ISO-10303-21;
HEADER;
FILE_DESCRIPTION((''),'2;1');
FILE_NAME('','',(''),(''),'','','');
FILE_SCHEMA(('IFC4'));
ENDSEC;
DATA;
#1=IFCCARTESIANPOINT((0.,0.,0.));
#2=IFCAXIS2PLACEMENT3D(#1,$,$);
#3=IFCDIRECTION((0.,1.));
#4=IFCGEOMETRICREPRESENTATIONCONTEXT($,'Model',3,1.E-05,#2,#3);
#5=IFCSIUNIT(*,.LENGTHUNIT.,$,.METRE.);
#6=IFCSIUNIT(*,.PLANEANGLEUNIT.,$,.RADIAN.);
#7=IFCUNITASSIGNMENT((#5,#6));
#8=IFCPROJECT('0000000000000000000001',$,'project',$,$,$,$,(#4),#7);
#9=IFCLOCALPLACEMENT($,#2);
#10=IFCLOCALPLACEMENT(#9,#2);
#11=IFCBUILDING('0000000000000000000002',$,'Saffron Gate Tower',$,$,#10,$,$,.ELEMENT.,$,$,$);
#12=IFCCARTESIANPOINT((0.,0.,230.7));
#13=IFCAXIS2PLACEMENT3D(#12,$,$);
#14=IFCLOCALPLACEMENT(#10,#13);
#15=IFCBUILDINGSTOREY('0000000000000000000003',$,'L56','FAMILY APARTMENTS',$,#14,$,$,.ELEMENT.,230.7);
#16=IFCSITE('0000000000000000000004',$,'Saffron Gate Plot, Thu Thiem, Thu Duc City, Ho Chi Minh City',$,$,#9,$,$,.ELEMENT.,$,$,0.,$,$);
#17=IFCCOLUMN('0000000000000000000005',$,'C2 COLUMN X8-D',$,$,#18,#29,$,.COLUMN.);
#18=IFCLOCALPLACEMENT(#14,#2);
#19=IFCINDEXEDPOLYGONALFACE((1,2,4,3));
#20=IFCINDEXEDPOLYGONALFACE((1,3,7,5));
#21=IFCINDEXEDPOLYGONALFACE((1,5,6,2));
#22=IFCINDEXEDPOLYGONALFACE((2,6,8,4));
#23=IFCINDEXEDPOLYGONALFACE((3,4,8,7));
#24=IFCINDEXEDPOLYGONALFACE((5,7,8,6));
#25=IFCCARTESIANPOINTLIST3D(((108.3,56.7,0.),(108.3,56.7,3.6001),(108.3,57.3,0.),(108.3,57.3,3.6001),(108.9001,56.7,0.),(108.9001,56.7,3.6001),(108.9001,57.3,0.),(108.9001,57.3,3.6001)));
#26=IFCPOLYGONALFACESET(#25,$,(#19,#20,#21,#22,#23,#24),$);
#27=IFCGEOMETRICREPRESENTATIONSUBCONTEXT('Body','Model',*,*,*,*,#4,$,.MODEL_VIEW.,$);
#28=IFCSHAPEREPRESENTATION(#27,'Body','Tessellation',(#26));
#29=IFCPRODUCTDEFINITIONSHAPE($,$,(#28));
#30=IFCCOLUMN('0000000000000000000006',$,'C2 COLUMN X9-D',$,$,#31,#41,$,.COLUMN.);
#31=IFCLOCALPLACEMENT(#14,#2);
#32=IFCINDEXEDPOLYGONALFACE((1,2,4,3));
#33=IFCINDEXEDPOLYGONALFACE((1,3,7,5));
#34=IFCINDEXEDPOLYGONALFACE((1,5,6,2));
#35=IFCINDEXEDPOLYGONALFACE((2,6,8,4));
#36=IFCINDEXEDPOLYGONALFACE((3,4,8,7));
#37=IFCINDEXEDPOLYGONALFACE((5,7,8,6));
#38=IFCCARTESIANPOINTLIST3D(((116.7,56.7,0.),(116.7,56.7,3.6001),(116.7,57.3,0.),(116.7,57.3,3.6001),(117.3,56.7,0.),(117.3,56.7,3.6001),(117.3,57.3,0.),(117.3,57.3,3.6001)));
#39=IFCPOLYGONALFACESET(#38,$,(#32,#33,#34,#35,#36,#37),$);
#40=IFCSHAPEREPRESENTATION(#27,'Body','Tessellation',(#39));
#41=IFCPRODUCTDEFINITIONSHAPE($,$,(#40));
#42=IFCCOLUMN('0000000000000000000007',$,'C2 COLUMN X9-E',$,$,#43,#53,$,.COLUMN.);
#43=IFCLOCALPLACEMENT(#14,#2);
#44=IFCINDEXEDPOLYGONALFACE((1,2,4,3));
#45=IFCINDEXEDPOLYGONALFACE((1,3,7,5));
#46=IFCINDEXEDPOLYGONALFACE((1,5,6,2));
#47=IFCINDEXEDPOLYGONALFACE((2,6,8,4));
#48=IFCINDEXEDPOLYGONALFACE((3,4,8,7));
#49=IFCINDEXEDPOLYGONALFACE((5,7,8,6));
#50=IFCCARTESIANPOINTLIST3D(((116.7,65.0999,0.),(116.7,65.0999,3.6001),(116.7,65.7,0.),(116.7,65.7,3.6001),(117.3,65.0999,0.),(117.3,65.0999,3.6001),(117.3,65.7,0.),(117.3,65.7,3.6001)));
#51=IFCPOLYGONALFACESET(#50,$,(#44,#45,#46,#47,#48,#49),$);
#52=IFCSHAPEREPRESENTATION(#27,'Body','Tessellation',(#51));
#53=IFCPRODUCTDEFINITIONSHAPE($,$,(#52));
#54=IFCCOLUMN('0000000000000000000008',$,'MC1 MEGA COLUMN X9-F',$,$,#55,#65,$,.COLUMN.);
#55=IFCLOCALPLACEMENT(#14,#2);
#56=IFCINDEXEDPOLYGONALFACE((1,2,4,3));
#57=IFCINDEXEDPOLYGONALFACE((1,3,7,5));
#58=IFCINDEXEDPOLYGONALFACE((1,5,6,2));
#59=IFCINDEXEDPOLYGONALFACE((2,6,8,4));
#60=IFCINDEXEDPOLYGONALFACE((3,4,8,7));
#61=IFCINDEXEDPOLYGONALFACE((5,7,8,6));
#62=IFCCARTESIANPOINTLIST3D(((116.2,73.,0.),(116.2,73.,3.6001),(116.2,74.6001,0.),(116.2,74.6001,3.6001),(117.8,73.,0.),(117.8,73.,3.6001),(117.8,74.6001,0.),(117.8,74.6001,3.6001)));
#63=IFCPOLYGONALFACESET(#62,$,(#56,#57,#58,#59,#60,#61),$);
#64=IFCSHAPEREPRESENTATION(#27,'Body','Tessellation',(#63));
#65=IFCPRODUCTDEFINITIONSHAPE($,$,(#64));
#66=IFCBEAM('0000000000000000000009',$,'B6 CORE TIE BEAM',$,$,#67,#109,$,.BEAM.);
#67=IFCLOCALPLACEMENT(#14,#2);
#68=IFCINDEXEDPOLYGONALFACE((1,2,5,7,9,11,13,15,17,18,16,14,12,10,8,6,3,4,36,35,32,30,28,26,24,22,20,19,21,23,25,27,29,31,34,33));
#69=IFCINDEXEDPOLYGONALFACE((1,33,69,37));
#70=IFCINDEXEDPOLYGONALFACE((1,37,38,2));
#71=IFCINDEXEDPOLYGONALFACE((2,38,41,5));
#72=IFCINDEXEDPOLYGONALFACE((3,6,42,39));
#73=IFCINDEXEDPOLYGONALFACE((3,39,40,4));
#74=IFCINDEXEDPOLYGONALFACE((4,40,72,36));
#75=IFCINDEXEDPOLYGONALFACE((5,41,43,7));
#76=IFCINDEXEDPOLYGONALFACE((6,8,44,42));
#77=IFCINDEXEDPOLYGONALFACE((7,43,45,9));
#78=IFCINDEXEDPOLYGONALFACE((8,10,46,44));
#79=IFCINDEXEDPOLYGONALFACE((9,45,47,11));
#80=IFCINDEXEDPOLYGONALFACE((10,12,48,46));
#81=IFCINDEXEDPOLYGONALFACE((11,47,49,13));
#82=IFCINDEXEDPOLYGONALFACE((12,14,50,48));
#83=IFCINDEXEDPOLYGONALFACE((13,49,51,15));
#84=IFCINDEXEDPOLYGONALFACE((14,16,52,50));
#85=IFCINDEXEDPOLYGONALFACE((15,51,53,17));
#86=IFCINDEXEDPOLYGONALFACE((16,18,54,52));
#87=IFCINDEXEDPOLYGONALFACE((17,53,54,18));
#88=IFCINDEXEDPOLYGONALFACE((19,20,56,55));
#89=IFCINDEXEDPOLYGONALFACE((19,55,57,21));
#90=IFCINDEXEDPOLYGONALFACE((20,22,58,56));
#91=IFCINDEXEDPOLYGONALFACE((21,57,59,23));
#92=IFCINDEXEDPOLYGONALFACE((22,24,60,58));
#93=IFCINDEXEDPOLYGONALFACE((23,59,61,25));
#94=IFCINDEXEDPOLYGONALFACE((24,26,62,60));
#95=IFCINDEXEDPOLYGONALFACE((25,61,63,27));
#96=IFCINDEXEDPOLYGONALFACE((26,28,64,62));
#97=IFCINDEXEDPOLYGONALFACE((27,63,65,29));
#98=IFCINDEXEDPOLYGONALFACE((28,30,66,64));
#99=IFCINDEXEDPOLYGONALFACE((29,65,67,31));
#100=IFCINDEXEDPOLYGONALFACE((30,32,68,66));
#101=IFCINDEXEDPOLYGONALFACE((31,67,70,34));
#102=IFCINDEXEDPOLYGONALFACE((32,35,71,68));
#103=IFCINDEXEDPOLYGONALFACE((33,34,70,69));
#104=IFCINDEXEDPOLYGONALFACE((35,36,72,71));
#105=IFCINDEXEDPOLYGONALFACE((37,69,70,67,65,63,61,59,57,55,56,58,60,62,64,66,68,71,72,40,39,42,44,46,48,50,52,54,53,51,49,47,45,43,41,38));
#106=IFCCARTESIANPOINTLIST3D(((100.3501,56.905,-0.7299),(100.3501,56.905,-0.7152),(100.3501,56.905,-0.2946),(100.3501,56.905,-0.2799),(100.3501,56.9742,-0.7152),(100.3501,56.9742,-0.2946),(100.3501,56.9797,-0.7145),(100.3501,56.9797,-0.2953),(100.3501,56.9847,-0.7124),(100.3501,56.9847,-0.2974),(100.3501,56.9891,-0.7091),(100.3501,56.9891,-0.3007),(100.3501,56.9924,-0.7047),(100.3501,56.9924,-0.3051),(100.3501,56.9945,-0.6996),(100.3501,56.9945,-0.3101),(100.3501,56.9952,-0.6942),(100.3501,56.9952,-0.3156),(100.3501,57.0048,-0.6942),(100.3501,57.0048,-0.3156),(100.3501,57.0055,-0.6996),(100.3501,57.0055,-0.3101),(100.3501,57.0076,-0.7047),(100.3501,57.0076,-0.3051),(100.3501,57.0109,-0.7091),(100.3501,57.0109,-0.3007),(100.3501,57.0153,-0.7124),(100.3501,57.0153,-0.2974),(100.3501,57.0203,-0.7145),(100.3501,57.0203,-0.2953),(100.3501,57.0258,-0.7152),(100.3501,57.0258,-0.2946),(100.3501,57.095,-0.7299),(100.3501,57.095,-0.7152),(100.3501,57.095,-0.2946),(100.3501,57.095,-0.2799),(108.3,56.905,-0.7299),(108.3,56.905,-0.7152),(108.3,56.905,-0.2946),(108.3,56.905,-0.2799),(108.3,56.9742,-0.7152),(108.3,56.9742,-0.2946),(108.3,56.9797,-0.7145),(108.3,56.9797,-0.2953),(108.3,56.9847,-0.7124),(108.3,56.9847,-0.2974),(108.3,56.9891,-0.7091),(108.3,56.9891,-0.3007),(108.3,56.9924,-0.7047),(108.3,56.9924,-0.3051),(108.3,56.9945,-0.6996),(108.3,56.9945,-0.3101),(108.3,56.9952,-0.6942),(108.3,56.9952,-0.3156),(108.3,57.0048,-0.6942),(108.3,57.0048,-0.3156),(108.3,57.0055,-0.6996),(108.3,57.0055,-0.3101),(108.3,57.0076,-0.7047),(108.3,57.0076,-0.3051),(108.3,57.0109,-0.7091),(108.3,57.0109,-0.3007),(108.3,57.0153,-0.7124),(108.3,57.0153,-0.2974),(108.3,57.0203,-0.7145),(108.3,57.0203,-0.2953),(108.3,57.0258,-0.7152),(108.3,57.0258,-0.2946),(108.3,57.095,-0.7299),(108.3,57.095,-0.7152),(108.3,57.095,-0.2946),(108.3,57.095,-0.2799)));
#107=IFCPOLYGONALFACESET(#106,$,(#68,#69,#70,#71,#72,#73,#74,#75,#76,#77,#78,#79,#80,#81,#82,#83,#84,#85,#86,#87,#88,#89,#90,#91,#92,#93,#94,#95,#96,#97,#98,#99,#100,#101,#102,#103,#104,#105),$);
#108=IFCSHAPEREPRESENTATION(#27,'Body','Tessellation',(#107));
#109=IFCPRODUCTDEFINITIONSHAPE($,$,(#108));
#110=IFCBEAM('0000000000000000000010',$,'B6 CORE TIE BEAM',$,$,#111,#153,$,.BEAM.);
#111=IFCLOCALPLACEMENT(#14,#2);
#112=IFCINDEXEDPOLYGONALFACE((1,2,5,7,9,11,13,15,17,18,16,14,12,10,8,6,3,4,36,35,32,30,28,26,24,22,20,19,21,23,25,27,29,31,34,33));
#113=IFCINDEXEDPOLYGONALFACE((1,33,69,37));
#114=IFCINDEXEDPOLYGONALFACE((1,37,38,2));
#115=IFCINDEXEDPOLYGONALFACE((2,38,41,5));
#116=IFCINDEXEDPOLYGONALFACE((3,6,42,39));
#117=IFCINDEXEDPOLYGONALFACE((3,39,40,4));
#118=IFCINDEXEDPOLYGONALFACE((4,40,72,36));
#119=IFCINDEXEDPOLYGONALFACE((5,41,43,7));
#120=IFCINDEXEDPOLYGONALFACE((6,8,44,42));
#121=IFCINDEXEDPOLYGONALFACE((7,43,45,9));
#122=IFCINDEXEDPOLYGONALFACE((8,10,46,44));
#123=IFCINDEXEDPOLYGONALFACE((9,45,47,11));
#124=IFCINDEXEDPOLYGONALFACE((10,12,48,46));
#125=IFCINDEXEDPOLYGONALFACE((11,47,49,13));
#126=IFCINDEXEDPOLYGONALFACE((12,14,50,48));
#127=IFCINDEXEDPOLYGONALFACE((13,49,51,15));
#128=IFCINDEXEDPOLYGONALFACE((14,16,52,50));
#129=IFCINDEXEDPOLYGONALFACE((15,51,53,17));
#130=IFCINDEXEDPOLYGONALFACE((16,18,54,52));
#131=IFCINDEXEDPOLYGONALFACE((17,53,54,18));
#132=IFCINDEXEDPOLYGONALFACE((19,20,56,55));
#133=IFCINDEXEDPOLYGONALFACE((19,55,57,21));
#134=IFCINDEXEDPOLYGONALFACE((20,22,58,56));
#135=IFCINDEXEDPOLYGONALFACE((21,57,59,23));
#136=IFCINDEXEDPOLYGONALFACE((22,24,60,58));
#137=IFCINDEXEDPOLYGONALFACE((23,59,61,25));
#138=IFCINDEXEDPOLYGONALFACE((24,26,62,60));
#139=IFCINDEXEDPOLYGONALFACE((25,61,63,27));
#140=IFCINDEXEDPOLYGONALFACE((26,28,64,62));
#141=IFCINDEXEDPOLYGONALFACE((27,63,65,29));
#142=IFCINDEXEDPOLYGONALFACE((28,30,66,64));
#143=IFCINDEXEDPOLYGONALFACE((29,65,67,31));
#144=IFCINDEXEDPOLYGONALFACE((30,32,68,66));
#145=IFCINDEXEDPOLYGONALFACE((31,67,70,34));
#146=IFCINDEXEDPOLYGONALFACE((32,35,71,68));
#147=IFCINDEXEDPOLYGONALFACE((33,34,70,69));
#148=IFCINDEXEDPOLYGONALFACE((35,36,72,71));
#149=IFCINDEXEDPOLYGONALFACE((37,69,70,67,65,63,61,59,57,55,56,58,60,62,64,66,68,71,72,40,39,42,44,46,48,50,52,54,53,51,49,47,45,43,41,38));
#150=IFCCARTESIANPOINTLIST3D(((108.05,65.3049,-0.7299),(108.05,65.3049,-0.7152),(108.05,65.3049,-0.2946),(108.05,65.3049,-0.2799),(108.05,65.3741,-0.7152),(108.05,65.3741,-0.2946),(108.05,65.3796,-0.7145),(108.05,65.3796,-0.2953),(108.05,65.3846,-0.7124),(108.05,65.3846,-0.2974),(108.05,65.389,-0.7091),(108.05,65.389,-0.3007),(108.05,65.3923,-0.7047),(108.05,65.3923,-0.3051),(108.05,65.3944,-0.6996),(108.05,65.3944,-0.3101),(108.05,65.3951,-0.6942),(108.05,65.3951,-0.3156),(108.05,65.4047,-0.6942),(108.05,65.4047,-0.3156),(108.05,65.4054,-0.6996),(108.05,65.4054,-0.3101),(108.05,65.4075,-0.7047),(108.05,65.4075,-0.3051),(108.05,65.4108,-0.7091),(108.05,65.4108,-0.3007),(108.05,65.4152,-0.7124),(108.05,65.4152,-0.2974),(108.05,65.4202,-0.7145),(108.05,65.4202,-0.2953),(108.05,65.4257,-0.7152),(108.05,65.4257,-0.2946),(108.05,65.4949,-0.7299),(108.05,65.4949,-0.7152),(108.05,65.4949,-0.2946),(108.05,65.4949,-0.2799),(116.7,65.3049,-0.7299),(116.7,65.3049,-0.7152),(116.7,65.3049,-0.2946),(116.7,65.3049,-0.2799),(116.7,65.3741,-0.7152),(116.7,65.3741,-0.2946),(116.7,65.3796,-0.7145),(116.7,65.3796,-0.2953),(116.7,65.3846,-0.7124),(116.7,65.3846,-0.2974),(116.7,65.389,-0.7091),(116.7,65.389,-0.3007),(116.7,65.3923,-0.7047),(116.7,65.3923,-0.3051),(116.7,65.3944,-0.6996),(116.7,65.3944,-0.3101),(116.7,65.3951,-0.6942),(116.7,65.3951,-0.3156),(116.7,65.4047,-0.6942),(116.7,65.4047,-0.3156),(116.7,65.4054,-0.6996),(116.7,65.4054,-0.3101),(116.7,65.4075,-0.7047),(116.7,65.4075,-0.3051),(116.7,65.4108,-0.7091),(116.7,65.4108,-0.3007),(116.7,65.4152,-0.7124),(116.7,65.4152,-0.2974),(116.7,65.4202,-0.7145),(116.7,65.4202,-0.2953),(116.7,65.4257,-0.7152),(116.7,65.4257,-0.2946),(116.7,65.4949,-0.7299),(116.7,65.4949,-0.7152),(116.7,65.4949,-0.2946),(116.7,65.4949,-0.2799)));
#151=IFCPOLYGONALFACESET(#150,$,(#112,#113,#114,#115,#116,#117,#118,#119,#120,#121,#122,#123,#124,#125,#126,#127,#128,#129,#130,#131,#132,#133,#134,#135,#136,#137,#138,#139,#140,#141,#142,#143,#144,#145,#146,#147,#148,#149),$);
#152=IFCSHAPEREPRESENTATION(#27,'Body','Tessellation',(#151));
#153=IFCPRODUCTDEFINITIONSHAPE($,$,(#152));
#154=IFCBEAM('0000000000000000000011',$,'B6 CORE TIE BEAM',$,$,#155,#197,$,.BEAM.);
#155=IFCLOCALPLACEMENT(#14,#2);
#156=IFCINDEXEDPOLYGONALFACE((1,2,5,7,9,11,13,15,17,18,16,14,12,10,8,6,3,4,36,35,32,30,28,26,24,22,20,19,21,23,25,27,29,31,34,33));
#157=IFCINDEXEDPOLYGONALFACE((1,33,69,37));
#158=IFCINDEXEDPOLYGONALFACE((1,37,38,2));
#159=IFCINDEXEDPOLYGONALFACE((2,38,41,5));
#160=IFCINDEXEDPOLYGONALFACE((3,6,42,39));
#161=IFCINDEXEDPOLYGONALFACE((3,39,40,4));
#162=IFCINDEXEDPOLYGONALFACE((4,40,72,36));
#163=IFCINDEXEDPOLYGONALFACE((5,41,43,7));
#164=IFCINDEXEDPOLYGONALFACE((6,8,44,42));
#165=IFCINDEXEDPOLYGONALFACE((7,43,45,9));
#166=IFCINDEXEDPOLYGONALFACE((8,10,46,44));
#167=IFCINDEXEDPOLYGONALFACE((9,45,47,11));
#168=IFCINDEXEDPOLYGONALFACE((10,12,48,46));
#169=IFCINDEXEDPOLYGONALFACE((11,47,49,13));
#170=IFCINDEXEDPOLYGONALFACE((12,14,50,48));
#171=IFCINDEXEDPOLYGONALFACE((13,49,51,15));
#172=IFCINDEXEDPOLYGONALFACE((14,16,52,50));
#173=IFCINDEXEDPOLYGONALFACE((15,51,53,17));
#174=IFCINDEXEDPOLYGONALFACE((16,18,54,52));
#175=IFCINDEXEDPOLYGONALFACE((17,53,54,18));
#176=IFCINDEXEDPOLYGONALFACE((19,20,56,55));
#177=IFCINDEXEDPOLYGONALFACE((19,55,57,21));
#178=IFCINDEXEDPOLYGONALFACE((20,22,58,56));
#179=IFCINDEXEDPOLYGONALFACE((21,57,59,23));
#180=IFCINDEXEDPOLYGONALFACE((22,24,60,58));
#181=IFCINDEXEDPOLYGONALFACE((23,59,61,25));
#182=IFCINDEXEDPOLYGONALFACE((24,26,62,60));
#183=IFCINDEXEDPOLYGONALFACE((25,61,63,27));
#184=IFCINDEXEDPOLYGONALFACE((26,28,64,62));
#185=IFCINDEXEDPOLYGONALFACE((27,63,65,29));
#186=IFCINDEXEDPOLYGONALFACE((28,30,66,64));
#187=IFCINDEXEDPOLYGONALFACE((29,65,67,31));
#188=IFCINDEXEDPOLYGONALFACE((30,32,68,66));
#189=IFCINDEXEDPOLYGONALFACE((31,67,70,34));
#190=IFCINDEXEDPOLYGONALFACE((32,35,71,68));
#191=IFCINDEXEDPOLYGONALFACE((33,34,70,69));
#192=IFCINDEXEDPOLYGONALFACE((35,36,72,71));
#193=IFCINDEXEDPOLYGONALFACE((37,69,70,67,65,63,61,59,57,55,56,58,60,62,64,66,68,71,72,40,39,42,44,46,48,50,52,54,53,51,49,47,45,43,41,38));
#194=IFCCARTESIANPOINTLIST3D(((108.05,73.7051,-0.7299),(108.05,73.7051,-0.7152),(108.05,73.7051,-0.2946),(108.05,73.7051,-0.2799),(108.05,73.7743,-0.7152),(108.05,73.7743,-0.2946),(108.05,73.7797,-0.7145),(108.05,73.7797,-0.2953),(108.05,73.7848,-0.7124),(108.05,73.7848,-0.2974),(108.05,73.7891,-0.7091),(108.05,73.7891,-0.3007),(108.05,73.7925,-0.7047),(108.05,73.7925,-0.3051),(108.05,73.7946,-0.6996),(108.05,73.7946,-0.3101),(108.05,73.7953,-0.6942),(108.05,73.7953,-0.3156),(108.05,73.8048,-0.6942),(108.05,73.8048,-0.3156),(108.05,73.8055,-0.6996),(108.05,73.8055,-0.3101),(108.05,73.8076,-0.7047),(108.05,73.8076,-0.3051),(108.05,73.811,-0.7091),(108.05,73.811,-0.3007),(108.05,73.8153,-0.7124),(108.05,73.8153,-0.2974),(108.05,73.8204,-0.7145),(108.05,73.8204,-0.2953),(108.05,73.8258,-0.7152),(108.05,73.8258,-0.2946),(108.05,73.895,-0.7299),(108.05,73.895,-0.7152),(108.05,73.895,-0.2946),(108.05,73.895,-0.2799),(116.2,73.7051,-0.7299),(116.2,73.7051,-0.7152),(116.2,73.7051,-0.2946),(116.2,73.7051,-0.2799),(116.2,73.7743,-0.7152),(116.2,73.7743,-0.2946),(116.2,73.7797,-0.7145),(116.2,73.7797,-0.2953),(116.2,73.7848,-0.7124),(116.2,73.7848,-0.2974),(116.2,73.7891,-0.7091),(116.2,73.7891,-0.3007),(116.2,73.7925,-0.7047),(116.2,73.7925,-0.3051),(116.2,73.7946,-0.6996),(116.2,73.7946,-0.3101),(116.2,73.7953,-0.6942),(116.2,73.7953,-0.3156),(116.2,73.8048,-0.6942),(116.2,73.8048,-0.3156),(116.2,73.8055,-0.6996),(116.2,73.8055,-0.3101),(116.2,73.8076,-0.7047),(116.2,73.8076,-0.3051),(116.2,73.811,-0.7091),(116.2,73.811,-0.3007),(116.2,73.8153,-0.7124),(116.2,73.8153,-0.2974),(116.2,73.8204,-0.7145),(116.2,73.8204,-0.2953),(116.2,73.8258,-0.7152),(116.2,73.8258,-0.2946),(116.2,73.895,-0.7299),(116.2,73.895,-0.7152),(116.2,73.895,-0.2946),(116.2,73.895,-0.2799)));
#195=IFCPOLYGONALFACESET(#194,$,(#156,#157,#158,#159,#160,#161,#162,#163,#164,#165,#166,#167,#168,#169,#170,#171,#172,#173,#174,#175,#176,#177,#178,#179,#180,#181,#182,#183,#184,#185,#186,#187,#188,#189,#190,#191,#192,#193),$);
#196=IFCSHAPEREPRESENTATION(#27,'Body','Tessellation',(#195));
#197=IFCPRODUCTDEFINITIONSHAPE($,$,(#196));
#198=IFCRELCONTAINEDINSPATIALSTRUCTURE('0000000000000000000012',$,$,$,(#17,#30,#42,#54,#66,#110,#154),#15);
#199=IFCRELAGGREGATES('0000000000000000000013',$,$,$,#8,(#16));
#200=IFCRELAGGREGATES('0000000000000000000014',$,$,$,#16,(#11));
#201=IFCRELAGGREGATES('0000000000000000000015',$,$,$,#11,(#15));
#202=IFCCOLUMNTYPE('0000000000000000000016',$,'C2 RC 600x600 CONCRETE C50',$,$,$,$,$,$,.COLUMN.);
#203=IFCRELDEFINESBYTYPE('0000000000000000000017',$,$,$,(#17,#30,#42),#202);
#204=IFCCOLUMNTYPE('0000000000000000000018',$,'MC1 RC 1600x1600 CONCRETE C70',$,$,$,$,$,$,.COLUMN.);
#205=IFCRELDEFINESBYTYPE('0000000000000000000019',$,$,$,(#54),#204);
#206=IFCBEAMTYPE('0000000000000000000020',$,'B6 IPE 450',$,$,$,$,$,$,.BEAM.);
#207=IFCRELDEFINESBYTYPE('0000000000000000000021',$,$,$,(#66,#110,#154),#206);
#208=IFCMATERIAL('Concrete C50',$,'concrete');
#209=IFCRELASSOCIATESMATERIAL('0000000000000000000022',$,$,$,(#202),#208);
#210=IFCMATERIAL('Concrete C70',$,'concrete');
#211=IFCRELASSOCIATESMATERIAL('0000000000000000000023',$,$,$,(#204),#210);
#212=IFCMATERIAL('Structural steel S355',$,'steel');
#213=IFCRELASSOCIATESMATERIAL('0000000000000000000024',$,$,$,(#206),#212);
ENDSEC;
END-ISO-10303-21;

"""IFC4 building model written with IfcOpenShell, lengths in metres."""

from ifc_helpers import new_model, si_unit, direction, frame, origin, origin_2d, place, context, subcontext, project, spatial, rectangle, i_section, extrude, material, material_profile, profile_set, type_object, element, save


model = new_model("IFC4")

# Units and contexts
model_context = context("Model", 3, precision=1e-05, world=origin(), true_north=direction((0.0, 1.0)))
body_context = subcontext(model_context, "Body", "Model", "MODEL_VIEW")
ifc_project = project(units=[si_unit("LENGTHUNIT", "METRE"), si_unit("PLANEANGLEUNIT", "RADIAN")], contexts=[model_context])

# Site, building, storey
site_placement = place(None, origin())
site = spatial("IfcSite", under=ifc_project, at=site_placement, Name="Saffron Gate Plot, Thu Thiem, Thu Duc City, Ho Chi Minh City", CompositionType="ELEMENT", RefElevation=0.0)
building_placement = place(site_placement, origin())
building = spatial("IfcBuilding", under=site, at=building_placement, Name="Saffron Gate Tower", CompositionType="ELEMENT")
storey_placement = place(building_placement, frame((0.0, 0.0, 230.7)))
storey = spatial("IfcBuildingStorey", under=building, at=storey_placement, Name="L56", Description="FAMILY APARTMENTS", CompositionType="ELEMENT", Elevation=230.7)

# Columns
ifc_material_1 = material(Name="Concrete C50", Category="concrete")
ifc_material_profile_1 = material_profile(ifc_material_1, rectangle(XDim=0.6001, YDim=0.6001, at=origin_2d()))
ifc_profile_set_1 = profile_set([ifc_material_profile_1], Name="Concrete C50")
column_type_1 = type_object("IfcColumnType", Name="C2 RC 600x600 CONCRETE C50", PredefinedType="COLUMN", material=ifc_profile_set_1)
for number, where, z_axis, x_axis, name in (
    (1, (108.6001, 57.0, 0.0), (0.0, 0.0, 1.0), (1.0, 0.0, 0.0), "C2 COLUMN X8-D"),
    (2, (117.0, 57.0, 0.0), (0.0, 0.0, 1.0), (1.0, 0.0, 0.0), "C2 COLUMN X9-D"),
    (3, (117.0, 65.3999, 0.0), (0.0, 0.0, 1.0), (1.0, 0.0, 0.0), "C2 COLUMN X9-E"),
):
    element("IfcColumn", number, at=place(storey_placement, frame(where, z_axis=z_axis, x_axis=x_axis)), inside=storey, type_object=column_type_1, Name=name, PredefinedType="COLUMN", context=body_context, shape_type="SweptSolid", body=[
        extrude(rectangle(XDim=0.6001, YDim=0.6001, at=origin_2d()), origin(), (0.0, 0.0, 1.0), 3.6001),
    ])
ifc_material_2 = material(Name="Concrete C70", Category="concrete")
ifc_material_profile_2 = material_profile(ifc_material_2, rectangle(XDim=1.6001, YDim=1.6001, at=origin_2d()))
ifc_profile_set_2 = profile_set([ifc_material_profile_2], Name="Concrete C70")
column_type_2 = type_object("IfcColumnType", Name="MC1 RC 1600x1600 CONCRETE C70", PredefinedType="COLUMN", material=ifc_profile_set_2)
column_placement = place(storey_placement, frame((117.0, 73.8, 0.0), z_axis=(0.0, 0.0, 1.0), x_axis=(1.0, 0.0, 0.0)))
element("IfcColumn", 4, at=column_placement, inside=storey, type_object=column_type_2, Name="MC1 MEGA COLUMN X9-F", PredefinedType="COLUMN", context=body_context, shape_type="SweptSolid", body=[
    extrude(rectangle(XDim=1.6001, YDim=1.6001, at=origin_2d()), origin(), (0.0, 0.0, 1.0), 3.6001),
])

# Beams
ifc_material_3 = material(Name="Structural steel S355", Category="steel")
ifc_material_profile_3 = material_profile(ifc_material_3, i_section(OverallWidth=0.1899, OverallDepth=0.45, WebThickness=0.0095, FlangeThickness=0.0146, FilletRadius=0.021, at=origin_2d()))
ifc_profile_set_3 = profile_set([ifc_material_profile_3], Name="Structural steel S355")
beam_type = type_object("IfcBeamType", Name="B6 IPE 450", PredefinedType="BEAM", material=ifc_profile_set_3)
beam_1_placement = place(storey_placement, frame((108.3, 57.0, -0.5049), z_axis=(-1.0, 0.0, 0.0), x_axis=(0.0, -1.0, 0.0)))
element("IfcBeam", 5, at=beam_1_placement, inside=storey, type_object=beam_type, Name="B6 CORE TIE BEAM", PredefinedType="BEAM", context=body_context, shape_type="SweptSolid", body=[
    extrude(i_section(OverallWidth=0.1899, OverallDepth=0.45, WebThickness=0.0095, FlangeThickness=0.0146, FilletRadius=0.021, at=origin_2d()), origin(), (0.0, 0.0, 1.0), 7.95),
])
beam_2_placement = place(storey_placement, frame((116.7, 65.3999, -0.5049), z_axis=(-1.0, 0.0, 0.0), x_axis=(0.0, -1.0, 0.0)))
element("IfcBeam", 6, at=beam_2_placement, inside=storey, type_object=beam_type, Name="B6 CORE TIE BEAM", PredefinedType="BEAM", context=body_context, shape_type="SweptSolid", body=[
    extrude(i_section(OverallWidth=0.1899, OverallDepth=0.45, WebThickness=0.0095, FlangeThickness=0.0146, FilletRadius=0.021, at=origin_2d()), origin(), (0.0, 0.0, 1.0), 8.6499),
])
beam_3_placement = place(storey_placement, frame((116.2, 73.8, -0.5049), z_axis=(-1.0, 0.0, 0.0), x_axis=(0.0, -1.0, 0.0)))
element("IfcBeam", 7, at=beam_3_placement, inside=storey, type_object=beam_type, Name="B6 CORE TIE BEAM", PredefinedType="BEAM", context=body_context, shape_type="SweptSolid", body=[
    extrude(i_section(OverallWidth=0.1899, OverallDepth=0.45, WebThickness=0.0095, FlangeThickness=0.0146, FilletRadius=0.021, at=origin_2d()), origin(), (0.0, 0.0, 1.0), 8.1499),
])

save(model, "model.ifc")
